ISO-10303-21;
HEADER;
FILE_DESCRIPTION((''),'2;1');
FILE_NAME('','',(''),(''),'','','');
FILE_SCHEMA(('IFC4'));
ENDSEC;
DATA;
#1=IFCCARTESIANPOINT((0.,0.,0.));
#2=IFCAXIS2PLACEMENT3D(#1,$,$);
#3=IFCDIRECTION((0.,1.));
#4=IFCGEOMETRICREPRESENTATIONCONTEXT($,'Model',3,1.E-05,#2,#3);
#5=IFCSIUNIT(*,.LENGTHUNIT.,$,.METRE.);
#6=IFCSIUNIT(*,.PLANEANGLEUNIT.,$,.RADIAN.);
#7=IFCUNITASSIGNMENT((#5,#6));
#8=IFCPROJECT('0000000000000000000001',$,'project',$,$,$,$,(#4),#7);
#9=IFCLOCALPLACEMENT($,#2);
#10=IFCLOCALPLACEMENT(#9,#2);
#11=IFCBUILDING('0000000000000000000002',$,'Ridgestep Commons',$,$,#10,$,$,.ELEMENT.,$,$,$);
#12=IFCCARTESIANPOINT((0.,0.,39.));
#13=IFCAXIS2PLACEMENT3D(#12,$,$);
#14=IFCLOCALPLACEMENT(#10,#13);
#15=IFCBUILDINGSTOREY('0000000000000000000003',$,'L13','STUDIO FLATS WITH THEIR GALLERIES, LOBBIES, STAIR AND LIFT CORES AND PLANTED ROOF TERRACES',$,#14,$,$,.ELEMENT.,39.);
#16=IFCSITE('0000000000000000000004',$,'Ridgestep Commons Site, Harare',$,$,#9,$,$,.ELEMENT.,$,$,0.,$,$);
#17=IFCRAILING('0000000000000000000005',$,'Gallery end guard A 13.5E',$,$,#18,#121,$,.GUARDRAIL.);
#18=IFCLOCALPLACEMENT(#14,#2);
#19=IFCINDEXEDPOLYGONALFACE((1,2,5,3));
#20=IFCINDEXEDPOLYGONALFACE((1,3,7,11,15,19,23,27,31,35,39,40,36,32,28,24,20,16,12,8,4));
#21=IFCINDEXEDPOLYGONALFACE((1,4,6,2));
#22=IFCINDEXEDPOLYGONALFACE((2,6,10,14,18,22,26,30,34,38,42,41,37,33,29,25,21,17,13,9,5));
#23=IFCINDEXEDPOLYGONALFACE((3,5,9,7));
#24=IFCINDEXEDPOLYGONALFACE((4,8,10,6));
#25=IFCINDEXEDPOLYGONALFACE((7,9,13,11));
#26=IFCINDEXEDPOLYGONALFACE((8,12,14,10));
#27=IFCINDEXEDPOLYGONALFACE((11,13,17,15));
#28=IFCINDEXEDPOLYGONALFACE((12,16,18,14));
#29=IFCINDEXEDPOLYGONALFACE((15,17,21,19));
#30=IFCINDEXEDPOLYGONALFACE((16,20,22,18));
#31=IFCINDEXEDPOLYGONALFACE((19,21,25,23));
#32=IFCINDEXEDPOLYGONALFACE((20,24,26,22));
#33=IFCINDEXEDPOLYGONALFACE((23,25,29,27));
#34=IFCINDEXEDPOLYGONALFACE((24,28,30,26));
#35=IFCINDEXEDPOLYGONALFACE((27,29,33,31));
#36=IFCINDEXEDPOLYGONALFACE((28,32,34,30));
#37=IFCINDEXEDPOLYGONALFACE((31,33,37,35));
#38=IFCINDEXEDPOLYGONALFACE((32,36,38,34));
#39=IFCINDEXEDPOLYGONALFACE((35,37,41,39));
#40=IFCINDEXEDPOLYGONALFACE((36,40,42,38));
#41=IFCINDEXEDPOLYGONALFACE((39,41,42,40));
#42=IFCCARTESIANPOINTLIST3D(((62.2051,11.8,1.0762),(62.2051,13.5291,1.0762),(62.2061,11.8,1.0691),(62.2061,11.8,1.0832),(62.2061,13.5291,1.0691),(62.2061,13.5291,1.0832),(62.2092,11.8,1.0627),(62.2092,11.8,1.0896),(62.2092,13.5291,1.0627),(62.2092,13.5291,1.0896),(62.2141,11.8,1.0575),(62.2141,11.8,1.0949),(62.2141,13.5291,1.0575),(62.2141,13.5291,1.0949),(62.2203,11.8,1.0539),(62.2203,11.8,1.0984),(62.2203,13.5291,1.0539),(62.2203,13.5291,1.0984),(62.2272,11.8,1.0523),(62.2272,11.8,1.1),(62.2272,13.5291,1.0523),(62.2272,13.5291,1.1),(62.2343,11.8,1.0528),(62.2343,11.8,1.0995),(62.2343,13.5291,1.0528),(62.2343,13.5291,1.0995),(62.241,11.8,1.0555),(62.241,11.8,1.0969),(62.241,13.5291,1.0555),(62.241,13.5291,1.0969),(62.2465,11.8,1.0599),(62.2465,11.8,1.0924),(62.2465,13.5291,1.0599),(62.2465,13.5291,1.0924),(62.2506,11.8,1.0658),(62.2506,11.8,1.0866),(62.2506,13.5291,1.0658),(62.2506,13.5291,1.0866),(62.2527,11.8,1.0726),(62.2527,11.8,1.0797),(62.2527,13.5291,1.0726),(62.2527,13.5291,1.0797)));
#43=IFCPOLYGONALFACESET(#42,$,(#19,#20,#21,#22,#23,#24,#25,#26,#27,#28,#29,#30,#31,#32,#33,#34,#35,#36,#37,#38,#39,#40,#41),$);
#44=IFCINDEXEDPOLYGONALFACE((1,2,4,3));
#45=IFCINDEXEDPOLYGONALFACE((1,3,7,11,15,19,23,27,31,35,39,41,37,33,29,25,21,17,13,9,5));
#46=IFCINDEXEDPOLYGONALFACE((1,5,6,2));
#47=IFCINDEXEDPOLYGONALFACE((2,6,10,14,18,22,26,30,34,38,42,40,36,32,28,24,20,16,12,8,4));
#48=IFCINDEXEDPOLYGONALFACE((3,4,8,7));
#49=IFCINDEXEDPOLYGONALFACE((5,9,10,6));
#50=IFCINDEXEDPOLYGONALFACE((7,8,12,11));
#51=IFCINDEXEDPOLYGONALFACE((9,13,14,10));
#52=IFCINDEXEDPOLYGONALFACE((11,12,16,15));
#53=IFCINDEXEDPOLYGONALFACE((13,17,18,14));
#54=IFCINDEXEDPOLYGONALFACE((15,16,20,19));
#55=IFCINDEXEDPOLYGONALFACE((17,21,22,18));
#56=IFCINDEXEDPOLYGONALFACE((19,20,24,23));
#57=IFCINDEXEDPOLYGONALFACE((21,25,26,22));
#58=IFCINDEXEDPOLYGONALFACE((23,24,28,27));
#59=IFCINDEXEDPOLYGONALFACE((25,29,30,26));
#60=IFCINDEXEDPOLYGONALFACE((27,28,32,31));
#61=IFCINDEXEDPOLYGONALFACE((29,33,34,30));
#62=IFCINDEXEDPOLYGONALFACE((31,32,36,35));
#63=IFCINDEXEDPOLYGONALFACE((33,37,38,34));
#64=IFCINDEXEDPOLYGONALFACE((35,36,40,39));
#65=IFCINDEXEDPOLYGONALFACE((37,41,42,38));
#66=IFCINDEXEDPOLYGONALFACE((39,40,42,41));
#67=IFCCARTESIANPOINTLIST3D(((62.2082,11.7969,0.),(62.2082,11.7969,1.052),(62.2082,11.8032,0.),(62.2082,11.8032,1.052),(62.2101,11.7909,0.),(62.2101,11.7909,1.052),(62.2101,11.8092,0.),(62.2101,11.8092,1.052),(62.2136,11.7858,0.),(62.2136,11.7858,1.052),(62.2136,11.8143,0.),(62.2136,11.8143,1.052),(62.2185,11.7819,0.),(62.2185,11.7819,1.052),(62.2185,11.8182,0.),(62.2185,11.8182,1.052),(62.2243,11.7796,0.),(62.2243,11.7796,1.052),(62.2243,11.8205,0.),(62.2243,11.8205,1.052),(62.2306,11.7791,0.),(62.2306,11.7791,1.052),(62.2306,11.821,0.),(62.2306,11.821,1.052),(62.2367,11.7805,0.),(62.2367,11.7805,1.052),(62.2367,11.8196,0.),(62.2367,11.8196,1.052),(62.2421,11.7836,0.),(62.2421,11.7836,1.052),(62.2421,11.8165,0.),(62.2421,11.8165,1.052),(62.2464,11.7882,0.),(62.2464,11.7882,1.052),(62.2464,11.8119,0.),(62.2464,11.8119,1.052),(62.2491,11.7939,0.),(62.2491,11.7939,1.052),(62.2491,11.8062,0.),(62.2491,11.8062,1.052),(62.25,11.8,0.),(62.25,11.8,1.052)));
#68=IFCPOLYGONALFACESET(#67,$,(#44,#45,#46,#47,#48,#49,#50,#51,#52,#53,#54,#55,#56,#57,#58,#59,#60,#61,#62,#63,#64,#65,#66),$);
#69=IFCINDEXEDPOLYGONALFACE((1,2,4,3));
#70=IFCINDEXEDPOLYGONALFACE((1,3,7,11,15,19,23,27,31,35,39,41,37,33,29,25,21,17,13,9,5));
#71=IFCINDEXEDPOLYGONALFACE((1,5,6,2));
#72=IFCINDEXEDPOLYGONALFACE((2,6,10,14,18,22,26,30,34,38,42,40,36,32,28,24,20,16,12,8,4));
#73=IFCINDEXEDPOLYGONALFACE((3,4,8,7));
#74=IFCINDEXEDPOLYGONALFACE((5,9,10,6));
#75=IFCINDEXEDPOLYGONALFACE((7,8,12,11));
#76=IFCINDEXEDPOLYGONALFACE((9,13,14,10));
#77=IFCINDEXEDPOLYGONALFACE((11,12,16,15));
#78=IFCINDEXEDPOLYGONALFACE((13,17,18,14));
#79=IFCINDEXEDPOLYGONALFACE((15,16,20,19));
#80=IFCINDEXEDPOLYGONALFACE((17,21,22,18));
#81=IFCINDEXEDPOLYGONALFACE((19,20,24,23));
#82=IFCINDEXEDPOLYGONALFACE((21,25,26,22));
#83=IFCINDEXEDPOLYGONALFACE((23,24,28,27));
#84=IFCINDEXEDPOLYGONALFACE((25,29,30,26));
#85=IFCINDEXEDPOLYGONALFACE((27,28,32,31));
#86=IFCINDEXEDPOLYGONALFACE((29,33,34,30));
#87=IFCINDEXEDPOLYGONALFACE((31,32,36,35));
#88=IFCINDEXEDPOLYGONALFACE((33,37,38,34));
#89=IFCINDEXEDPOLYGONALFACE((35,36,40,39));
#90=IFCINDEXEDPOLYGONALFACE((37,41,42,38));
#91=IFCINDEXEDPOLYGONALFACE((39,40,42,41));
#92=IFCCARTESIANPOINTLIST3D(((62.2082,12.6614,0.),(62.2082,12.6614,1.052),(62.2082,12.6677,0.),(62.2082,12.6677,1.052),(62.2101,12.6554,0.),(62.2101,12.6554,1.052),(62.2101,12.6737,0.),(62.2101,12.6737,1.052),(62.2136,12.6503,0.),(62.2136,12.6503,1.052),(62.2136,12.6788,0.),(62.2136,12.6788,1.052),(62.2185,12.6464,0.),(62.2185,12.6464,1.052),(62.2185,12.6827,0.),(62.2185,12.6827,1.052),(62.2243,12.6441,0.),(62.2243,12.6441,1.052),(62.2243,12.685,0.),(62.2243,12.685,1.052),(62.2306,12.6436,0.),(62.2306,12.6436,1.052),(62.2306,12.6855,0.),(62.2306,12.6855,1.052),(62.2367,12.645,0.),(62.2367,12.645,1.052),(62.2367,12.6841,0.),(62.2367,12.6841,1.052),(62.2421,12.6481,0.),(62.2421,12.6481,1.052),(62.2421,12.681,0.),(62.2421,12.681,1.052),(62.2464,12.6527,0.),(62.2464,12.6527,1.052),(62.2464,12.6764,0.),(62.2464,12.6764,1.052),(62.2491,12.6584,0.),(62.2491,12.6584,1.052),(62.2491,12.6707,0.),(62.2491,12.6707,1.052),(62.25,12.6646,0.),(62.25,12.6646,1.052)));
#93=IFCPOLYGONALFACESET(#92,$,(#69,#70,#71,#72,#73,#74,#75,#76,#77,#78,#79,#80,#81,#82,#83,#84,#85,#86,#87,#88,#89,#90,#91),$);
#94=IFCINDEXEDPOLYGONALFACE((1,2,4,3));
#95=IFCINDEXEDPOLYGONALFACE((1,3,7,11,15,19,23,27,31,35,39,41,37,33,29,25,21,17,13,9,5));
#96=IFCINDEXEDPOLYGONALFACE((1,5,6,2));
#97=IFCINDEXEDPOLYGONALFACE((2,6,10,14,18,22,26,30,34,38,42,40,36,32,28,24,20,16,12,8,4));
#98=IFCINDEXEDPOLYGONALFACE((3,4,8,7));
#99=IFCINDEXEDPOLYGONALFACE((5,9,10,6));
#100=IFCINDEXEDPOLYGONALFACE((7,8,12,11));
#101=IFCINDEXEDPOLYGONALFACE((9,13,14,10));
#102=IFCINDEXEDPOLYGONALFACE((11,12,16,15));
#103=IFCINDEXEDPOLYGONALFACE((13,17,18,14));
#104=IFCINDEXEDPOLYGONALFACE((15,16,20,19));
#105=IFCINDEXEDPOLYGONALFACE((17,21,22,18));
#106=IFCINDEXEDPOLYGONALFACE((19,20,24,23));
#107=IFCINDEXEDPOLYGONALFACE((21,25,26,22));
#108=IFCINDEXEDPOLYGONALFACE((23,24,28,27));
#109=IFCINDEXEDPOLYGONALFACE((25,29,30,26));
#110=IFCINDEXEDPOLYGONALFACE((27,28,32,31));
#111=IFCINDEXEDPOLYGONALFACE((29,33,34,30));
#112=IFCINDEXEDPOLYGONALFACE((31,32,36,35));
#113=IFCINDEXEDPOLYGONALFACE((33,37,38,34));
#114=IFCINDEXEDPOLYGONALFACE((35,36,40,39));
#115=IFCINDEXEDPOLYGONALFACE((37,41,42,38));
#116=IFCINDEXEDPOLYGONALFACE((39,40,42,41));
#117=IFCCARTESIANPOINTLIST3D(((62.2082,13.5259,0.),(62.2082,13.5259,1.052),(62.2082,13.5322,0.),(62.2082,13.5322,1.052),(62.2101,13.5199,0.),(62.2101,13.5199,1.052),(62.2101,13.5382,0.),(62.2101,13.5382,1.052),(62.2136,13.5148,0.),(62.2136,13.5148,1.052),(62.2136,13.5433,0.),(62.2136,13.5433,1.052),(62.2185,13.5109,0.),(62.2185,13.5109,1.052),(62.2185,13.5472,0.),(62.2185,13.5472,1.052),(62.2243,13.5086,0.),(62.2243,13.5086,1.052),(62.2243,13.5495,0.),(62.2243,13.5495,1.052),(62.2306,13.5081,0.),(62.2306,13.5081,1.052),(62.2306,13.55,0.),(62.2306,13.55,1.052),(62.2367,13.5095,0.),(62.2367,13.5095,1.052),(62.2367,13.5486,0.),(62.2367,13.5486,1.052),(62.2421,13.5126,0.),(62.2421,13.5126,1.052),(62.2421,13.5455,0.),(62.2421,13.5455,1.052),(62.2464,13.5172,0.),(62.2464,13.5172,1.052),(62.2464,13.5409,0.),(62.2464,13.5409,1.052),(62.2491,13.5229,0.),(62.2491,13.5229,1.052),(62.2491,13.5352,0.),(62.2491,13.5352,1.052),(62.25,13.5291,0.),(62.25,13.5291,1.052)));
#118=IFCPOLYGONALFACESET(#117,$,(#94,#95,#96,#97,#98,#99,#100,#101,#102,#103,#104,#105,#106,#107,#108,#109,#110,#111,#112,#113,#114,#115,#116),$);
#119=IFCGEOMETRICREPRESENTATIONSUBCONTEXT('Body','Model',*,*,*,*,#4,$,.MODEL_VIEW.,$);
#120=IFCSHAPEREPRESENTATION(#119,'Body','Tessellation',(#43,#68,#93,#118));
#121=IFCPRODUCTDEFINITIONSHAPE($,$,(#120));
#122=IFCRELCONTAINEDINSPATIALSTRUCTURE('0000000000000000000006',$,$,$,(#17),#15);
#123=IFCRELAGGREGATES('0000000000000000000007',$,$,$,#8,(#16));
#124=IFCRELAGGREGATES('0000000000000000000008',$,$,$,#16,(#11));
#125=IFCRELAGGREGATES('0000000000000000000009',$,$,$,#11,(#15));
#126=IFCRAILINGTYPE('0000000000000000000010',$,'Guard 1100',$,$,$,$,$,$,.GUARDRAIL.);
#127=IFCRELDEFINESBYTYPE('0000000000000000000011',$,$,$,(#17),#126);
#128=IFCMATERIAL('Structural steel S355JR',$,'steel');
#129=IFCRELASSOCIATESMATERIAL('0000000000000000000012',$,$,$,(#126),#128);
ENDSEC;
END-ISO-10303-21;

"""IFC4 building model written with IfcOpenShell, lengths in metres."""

from ifc_helpers import new_model, si_unit, direction, frame, origin, origin_2d, place, context, subcontext, project, spatial, circle, extrude, material, type_object, element, save


model = new_model("IFC4")

# Units and contexts
model_context = context("Model", 3, precision=1e-05, world=origin(), true_north=direction((0.0, 1.0)))
body_context = subcontext(model_context, "Body", "Model", "MODEL_VIEW")
ifc_project = project(units=[si_unit("LENGTHUNIT", "METRE"), si_unit("PLANEANGLEUNIT", "RADIAN")], contexts=[model_context])

# Site, building, storey
site_placement = place(None, origin())
site = spatial("IfcSite", under=ifc_project, at=site_placement, Name="Ridgestep Commons Site, Harare", CompositionType="ELEMENT", RefElevation=0.0)
building_placement = place(site_placement, origin())
building = spatial("IfcBuilding", under=site, at=building_placement, Name="Ridgestep Commons", CompositionType="ELEMENT")
storey_placement = place(building_placement, frame((0.0, 0.0, 39.0)))
storey = spatial("IfcBuildingStorey", under=building, at=storey_placement, Name="L13", Description="STUDIO FLATS WITH THEIR GALLERIES, LOBBIES, STAIR AND LIFT CORES AND PLANTED ROOF TERRACES", CompositionType="ELEMENT", Elevation=39.0)

# Railing
ifc_material_1 = material(Name="Structural steel S355JR", Category="steel")
railing_type = type_object("IfcRailingType", Name="Guard 1100", PredefinedType="GUARDRAIL", material=ifc_material_1)
railing_1_placement = place(storey_placement, frame((62.229, 11.8, 0.0)))
element("IfcRailing", 1, at=railing_1_placement, inside=storey, type_object=railing_type, Name="Gallery end guard A 13.5E", PredefinedType="GUARDRAIL", context=body_context, shape_type="SweptSolid", body=[
    extrude(circle(Radius=0.0239, at=origin_2d()), frame((0.0, 0.0, 1.0762), z_axis=(0.0, 1.0, 0.0), x_axis=(-1.0, 0.0, 0.0)), (0.0, 0.0, 1.0), 1.729),
    extrude(circle(Radius=0.021, at=origin_2d()), origin(), (0.0, 0.0, 1.0), 1.052),
    extrude(circle(Radius=0.021, at=origin_2d()), frame((0.0, 0.8645, 0.0)), (0.0, 0.0, 1.0), 1.052),
    extrude(circle(Radius=0.021, at=origin_2d()), frame((0.0, 1.729, 0.0)), (0.0, 0.0, 1.0), 1.052),
])

save(model, "model.ifc")
